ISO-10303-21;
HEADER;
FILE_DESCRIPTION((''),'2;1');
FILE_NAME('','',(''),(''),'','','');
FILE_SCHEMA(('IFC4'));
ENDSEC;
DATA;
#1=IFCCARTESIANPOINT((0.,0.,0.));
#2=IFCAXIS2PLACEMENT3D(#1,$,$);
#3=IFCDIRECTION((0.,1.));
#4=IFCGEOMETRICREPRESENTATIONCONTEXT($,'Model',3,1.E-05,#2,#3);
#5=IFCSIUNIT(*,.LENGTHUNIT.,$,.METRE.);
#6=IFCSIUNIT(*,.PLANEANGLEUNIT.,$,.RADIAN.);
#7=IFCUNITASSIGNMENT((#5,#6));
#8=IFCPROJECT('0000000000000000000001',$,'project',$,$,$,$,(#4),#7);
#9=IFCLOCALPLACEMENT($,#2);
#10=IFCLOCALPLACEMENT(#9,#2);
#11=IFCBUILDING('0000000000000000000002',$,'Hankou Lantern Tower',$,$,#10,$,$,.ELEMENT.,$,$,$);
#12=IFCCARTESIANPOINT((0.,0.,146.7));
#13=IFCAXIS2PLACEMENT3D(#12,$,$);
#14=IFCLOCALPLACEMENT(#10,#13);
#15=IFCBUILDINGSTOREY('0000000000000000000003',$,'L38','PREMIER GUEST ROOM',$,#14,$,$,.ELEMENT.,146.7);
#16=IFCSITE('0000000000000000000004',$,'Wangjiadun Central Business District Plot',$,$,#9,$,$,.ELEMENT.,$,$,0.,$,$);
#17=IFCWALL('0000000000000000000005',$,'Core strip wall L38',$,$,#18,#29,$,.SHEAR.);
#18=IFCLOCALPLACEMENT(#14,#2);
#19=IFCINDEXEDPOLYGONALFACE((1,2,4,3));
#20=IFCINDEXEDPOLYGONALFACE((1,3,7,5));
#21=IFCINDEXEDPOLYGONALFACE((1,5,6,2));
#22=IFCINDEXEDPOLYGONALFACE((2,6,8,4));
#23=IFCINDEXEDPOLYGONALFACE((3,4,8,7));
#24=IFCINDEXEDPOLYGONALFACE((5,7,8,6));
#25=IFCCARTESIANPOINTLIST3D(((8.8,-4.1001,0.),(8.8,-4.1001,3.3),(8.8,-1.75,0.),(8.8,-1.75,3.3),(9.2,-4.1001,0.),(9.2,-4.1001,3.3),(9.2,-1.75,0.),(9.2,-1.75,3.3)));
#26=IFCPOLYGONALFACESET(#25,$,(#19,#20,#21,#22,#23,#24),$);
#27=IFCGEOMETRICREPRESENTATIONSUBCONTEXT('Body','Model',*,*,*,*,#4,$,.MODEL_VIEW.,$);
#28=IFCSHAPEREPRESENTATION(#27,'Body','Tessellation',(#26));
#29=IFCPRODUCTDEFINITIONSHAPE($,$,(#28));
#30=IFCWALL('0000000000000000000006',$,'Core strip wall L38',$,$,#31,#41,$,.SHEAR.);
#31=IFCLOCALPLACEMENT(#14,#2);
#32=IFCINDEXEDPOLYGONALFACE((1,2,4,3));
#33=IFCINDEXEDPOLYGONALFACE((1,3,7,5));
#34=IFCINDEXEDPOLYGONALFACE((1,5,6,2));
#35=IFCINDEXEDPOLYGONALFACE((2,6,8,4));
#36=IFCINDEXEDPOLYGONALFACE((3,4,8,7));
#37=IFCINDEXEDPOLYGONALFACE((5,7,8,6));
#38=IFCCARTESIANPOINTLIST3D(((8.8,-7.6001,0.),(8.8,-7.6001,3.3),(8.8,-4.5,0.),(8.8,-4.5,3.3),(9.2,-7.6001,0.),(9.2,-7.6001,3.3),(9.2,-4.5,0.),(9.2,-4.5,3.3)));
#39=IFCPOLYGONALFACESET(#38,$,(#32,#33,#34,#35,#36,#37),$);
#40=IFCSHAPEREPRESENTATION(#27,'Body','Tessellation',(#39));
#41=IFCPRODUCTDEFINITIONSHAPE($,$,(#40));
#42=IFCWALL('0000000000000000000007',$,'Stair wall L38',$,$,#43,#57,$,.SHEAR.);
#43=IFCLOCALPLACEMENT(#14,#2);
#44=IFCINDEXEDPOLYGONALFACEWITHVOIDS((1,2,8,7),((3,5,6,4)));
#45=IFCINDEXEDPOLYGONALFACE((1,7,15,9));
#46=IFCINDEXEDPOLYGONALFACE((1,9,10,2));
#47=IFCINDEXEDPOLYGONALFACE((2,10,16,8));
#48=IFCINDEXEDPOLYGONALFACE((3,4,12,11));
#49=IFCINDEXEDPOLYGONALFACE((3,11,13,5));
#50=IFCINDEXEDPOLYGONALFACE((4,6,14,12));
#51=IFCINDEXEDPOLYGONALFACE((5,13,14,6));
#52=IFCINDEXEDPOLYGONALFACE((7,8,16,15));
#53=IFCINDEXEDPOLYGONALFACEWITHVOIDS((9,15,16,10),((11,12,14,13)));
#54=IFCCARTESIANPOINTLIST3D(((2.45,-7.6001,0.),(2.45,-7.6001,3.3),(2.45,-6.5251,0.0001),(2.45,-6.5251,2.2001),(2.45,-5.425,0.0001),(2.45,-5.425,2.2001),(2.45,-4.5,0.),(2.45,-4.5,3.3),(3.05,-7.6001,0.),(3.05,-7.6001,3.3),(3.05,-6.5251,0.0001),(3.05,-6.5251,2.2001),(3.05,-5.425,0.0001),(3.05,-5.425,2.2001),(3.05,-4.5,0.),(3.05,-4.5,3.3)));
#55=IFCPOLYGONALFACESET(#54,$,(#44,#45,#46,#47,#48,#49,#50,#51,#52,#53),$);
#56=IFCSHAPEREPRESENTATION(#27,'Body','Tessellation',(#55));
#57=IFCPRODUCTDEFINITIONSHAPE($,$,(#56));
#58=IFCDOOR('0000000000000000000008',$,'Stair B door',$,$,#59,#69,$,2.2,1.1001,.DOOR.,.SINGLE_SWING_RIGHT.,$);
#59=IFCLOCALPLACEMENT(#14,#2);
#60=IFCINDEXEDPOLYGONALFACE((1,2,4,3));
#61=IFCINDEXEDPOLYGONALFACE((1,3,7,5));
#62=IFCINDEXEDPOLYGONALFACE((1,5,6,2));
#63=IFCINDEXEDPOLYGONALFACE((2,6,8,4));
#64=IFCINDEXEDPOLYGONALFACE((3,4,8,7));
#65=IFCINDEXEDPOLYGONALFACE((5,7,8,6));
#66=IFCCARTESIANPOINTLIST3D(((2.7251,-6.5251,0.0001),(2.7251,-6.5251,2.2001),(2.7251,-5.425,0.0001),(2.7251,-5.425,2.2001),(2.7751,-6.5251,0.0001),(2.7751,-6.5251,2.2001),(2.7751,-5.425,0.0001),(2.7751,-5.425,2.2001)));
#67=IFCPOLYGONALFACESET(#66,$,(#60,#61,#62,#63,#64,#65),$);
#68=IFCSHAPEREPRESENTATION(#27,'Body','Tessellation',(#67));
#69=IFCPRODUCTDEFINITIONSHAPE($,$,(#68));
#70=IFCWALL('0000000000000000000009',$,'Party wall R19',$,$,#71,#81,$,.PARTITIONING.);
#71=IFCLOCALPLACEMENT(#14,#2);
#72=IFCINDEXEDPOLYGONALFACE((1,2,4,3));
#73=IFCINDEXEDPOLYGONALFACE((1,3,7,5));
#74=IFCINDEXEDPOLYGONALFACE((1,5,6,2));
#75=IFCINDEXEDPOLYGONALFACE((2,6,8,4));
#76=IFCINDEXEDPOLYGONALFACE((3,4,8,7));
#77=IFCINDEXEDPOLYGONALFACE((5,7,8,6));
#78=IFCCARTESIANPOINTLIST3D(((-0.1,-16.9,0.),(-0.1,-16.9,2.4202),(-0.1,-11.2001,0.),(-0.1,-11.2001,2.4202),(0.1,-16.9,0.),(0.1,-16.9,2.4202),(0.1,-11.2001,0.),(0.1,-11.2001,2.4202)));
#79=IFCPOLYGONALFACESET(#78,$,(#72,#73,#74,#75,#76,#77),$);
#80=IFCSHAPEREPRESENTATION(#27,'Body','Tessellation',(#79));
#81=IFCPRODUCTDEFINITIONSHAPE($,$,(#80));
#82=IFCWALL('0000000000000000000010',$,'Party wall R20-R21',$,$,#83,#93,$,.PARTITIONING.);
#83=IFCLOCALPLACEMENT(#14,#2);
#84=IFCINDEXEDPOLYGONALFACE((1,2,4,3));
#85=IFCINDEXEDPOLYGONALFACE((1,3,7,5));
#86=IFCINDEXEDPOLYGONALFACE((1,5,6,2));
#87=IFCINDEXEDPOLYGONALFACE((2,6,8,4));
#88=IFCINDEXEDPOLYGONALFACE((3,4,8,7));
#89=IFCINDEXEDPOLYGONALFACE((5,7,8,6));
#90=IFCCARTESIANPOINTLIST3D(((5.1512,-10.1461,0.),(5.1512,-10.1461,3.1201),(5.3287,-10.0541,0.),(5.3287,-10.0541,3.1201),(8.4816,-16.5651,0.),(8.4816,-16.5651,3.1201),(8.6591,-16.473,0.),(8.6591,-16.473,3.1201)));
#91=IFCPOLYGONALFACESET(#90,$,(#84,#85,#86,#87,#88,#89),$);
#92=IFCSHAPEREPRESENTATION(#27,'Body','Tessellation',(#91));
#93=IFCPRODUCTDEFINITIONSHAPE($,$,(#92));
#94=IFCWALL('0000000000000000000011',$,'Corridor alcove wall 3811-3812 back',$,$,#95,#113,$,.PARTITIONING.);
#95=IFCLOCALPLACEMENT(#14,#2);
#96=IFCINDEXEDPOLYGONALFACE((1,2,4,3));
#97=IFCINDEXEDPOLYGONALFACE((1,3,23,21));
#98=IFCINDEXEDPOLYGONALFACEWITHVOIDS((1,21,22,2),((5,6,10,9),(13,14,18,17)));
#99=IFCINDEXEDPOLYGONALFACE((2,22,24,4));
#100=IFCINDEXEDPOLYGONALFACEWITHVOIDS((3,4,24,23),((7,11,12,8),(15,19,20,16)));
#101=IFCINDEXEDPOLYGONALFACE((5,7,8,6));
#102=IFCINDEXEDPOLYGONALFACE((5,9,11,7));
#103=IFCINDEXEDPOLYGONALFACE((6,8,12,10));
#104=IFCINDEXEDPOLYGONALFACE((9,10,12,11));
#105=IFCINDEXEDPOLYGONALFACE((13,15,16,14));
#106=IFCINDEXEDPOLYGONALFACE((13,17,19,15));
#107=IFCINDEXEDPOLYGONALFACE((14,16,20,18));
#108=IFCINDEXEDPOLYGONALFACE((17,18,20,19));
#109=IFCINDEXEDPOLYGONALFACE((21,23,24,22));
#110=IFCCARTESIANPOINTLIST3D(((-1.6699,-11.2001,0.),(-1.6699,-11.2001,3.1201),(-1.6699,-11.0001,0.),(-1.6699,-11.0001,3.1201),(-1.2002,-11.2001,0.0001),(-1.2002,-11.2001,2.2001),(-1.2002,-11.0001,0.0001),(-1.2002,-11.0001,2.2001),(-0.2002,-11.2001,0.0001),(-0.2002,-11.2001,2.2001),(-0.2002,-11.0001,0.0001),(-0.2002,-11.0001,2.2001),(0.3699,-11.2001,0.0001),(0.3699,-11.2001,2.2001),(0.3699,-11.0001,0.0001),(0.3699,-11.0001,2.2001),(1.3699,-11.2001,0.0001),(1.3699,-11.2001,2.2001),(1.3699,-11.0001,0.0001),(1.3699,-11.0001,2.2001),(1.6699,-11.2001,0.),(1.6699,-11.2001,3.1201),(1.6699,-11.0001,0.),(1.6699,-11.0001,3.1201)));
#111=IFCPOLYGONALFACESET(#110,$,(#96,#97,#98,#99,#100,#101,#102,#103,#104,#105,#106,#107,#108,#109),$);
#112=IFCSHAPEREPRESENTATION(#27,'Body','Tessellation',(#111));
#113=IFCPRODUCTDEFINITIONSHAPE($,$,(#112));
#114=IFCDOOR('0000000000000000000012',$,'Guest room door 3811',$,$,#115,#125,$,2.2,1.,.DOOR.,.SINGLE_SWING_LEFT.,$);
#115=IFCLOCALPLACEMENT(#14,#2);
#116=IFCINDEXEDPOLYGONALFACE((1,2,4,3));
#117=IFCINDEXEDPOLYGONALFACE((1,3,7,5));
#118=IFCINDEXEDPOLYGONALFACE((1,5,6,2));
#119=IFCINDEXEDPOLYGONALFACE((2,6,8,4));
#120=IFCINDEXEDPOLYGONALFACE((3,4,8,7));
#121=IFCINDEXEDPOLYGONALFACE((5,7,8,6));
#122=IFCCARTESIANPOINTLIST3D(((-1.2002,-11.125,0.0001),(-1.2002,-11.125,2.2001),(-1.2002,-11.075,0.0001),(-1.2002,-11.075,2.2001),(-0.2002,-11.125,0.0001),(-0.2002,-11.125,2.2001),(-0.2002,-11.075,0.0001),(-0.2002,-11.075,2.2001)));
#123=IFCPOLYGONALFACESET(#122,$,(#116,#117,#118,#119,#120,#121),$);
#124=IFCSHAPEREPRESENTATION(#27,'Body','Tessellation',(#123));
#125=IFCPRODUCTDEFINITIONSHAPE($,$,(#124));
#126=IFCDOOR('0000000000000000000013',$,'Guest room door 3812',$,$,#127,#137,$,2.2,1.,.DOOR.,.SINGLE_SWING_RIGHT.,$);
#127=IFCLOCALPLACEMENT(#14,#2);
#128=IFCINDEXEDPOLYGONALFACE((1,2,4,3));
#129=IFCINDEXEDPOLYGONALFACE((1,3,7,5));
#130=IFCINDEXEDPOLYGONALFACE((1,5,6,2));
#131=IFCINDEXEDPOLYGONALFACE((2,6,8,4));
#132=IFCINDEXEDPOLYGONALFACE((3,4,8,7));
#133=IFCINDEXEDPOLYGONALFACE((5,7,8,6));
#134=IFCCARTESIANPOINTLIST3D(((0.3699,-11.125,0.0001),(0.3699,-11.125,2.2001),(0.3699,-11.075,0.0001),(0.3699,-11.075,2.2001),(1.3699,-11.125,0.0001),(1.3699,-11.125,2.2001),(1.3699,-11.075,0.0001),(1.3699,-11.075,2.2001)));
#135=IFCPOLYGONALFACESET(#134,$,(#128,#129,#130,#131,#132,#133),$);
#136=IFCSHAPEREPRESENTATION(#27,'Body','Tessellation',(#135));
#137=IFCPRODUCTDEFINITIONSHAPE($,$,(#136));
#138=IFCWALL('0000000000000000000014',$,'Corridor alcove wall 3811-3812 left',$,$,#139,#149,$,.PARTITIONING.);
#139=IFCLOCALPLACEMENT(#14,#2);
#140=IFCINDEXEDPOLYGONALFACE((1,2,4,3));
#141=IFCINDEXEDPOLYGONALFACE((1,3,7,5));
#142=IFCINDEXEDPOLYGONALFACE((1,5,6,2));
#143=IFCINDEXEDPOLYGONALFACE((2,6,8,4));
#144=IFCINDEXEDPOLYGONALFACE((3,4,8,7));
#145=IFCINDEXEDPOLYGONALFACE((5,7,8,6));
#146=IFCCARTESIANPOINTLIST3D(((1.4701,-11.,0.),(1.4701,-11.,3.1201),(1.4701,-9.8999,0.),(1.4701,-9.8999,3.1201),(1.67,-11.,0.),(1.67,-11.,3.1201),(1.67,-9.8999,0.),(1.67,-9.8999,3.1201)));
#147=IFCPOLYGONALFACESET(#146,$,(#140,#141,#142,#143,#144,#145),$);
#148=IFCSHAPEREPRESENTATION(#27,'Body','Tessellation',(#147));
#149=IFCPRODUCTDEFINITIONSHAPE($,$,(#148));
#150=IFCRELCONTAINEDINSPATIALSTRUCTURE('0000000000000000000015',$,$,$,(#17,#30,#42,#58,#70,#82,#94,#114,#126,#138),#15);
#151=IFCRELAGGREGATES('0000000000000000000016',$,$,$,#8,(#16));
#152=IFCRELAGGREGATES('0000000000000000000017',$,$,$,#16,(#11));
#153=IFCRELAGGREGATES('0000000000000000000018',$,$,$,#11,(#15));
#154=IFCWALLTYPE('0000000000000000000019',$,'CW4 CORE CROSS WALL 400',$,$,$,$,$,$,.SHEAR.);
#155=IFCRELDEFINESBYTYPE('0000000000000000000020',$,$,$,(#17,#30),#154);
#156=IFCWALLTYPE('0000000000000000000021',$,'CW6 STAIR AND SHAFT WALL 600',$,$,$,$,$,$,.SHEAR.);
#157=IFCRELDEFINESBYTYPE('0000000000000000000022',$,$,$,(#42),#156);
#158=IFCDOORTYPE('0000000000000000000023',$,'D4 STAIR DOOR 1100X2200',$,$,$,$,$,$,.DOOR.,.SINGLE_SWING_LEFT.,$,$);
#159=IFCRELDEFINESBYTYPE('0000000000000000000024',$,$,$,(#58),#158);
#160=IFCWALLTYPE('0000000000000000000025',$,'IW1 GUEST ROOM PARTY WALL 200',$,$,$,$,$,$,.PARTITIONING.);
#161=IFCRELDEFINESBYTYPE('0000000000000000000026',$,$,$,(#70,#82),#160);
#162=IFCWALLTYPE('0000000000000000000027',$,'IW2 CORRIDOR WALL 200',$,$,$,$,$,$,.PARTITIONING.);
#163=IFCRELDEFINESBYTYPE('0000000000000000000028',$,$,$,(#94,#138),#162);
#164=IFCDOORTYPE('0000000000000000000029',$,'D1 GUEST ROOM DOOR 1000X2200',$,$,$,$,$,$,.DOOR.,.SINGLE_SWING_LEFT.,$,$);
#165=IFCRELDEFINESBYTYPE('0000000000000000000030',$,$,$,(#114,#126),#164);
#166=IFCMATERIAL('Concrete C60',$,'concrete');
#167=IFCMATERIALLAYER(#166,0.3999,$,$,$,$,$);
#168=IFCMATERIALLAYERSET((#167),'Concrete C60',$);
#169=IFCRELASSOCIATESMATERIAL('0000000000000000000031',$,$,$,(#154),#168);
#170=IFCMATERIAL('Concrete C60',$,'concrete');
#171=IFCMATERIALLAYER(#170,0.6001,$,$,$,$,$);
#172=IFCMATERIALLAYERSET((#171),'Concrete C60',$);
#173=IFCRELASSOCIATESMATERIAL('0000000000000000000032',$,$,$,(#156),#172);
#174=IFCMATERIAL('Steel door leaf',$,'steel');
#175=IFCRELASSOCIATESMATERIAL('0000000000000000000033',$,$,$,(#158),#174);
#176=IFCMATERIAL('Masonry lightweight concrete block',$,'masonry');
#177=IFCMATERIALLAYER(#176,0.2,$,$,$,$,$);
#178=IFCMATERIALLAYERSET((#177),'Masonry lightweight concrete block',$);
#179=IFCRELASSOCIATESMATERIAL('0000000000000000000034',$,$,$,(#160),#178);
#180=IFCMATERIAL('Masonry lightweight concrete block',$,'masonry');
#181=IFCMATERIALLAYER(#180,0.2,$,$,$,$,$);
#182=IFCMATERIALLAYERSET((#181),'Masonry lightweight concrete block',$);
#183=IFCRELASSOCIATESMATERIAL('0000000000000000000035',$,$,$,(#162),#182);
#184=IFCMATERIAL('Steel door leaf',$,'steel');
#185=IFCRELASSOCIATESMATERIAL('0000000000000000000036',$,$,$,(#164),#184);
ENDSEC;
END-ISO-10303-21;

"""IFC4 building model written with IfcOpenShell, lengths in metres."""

from ifc_helpers import new_model, si_unit, direction, frame, frame_2d, origin, place, context, subcontext, project, spatial, rectangle, extrude, material, layer, layer_set, type_object, element, fill, save


model = new_model("IFC4")

# Units and contexts
model_context = context("Model", 3, precision=1e-05, world=origin(), true_north=direction((0.0, 1.0)))
body_context = subcontext(model_context, "Body", "Model", "MODEL_VIEW")
ifc_project = project(units=[si_unit("LENGTHUNIT", "METRE"), si_unit("PLANEANGLEUNIT", "RADIAN")], contexts=[model_context])

# Site, building, storey
site_placement = place(None, origin())
site = spatial("IfcSite", under=ifc_project, at=site_placement, Name="Wangjiadun Central Business District Plot", CompositionType="ELEMENT", RefElevation=0.0)
building_placement = place(site_placement, origin())
building = spatial("IfcBuilding", under=site, at=building_placement, Name="Hankou Lantern Tower", CompositionType="ELEMENT")
storey_placement = place(building_placement, frame((0.0, 0.0, 146.7)))
storey = spatial("IfcBuildingStorey", under=building, at=storey_placement, Name="L38", Description="PREMIER GUEST ROOM", CompositionType="ELEMENT", Elevation=146.7)

# Walls
ifc_material_1 = material(Name="Concrete C60", Category="concrete")
ifc_layer_1 = layer(ifc_material_1, 0.3999)
ifc_layer_set_1 = layer_set([ifc_layer_1], Name="Concrete C60")
wall_type_1 = type_object("IfcWallType", Name="CW4 CORE CROSS WALL 400", PredefinedType="SHEAR", material=ifc_layer_set_1)
wall_1_placement = place(storey_placement, frame((9.0, -4.1001, 0.0), z_axis=(0.0, 0.0, 1.0), x_axis=(0.0, 1.0, 0.0)))
element("IfcWall", 1, at=wall_1_placement, inside=storey, type_object=wall_type_1, Name="Core strip wall L38", PredefinedType="SHEAR", context=body_context, shape_type="SweptSolid", body=[
    extrude(rectangle(XDim=2.3501, YDim=0.3999, at=frame_2d((1.175, 0.0))), origin(), (0.0, 0.0, 1.0), 3.3),
])
wall_2_placement = place(storey_placement, frame((9.0, -7.6001, 0.0), z_axis=(0.0, 0.0, 1.0), x_axis=(0.0, 1.0, 0.0)))
element("IfcWall", 2, at=wall_2_placement, inside=storey, type_object=wall_type_1, Name="Core strip wall L38", PredefinedType="SHEAR", context=body_context, shape_type="SweptSolid", body=[
    extrude(rectangle(XDim=3.1001, YDim=0.3999, at=frame_2d((1.55, 0.0))), origin(), (0.0, 0.0, 1.0), 3.3),
])

# Wall, opening, door
ifc_material_2 = material(Name="Concrete C60", Category="concrete")
ifc_layer_2 = layer(ifc_material_2, 0.6001)
ifc_layer_set_2 = layer_set([ifc_layer_2], Name="Concrete C60")
wall_type_2 = type_object("IfcWallType", Name="CW6 STAIR AND SHAFT WALL 600", PredefinedType="SHEAR", material=ifc_layer_set_2)
wall_3_placement = place(storey_placement, frame((2.75, -7.6001, 0.0), z_axis=(0.0, 0.0, 1.0), x_axis=(0.0, 1.0, 0.0)))
wall_3 = element("IfcWall", 3, at=wall_3_placement, inside=storey, type_object=wall_type_2, Name="Stair wall L38", PredefinedType="SHEAR", context=body_context, shape_type="SweptSolid", body=[
    extrude(rectangle(XDim=3.1001, YDim=0.6001, at=frame_2d((1.55, 0.0))), origin(), (0.0, 0.0, 1.0), 3.3),
])
opening_1_placement = place(wall_3_placement, frame((1.075, 0.0, 0.0)))
opening_1 = element("IfcOpeningElement", 4, at=opening_1_placement, cuts=wall_3, PredefinedType="OPENING", context=body_context, shape_type="SweptSolid", body=[
    extrude(rectangle(XDim=1.1001, YDim=2.2, at=frame_2d((0.55, 1.1001))), frame((0.0, 0.3101, 0.0), z_axis=(0.0, -1.0, 0.0), x_axis=(1.0, 0.0, 0.0)), (0.0, 0.0, 1.0), 0.6201),
])
ifc_material_3 = material(Name="Steel door leaf", Category="steel")
door_type_1 = type_object("IfcDoorType", Name="D4 STAIR DOOR 1100X2200", OperationType="SINGLE_SWING_LEFT", PredefinedType="DOOR", material=ifc_material_3)
door_1_placement = place(opening_1_placement, origin())
door_1 = element("IfcDoor", 5, at=door_1_placement, inside=storey, type_object=door_type_1, Name="Stair B door", OperationType="SINGLE_SWING_RIGHT", OverallHeight=2.2, OverallWidth=1.1001, PredefinedType="DOOR", context=body_context, shape_type="SweptSolid", body=[
    extrude(rectangle(XDim=1.1001, YDim=2.2, at=frame_2d((0.55, 1.1001))), frame((0.0, 0.0249, 0.0), z_axis=(0.0, -1.0, 0.0), x_axis=(1.0, 0.0, 0.0)), (0.0, 0.0, 1.0), 0.05),
])
fill(opening_1, door_1)

# Walls
ifc_material_4 = material(Name="Masonry lightweight concrete block", Category="masonry")
ifc_layer_3 = layer(ifc_material_4, 0.2)
ifc_layer_set_3 = layer_set([ifc_layer_3], Name="Masonry lightweight concrete block")
wall_type_3 = type_object("IfcWallType", Name="IW1 GUEST ROOM PARTY WALL 200", PredefinedType="PARTITIONING", material=ifc_layer_set_3)
wall_4_placement = place(storey_placement, frame((0.0, -11.2, 0.0), z_axis=(0.0, 0.0, 1.0), x_axis=(0.0, -1.0, 0.0)))
element("IfcWall", 6, at=wall_4_placement, inside=storey, type_object=wall_type_3, Name="Party wall R19", PredefinedType="PARTITIONING", context=body_context, shape_type="SweptSolid", body=[
    extrude(rectangle(XDim=5.7, YDim=0.2, at=frame_2d((2.8501, 0.0))), origin(), (0.0, 0.0, 1.0), 2.4202),
])
wall_5_placement = place(storey_placement, frame((5.24, -10.1001, 0.0), z_axis=(0.0, 0.0, 1.0), x_axis=(0.460533, -0.887643, 0.0)))
element("IfcWall", 7, at=wall_5_placement, inside=storey, type_object=wall_type_3, Name="Party wall R20-R21", PredefinedType="PARTITIONING", context=body_context, shape_type="SweptSolid", body=[
    extrude(rectangle(XDim=7.2314, YDim=0.2, at=frame_2d((3.6157, 0.0))), origin(), (0.0, 0.0, 1.0), 3.1201),
])

# Wall, openings, doors
ifc_material_5 = material(Name="Masonry lightweight concrete block", Category="masonry")
ifc_layer_4 = layer(ifc_material_5, 0.2)
ifc_layer_set_4 = layer_set([ifc_layer_4], Name="Masonry lightweight concrete block")
wall_type_4 = type_object("IfcWallType", Name="IW2 CORRIDOR WALL 200", PredefinedType="PARTITIONING", material=ifc_layer_set_4)
wall_6_placement = place(storey_placement, frame((1.6699, -11.1001, 0.0), z_axis=(0.0, 0.0, 1.0), x_axis=(-1.0, 0.0, 0.0)))
wall_6 = element("IfcWall", 8, at=wall_6_placement, inside=storey, type_object=wall_type_4, Name="Corridor alcove wall 3811-3812 back", PredefinedType="PARTITIONING", context=body_context, shape_type="SweptSolid", body=[
    extrude(rectangle(XDim=3.3398, YDim=0.2, at=frame_2d((1.6699, 0.0))), origin(), (0.0, 0.0, 1.0), 3.1201),
])
opening_2_placement = place(wall_6_placement, frame((1.8701, 0.0, 0.0)))
opening_2 = element("IfcOpeningElement", 9, at=opening_2_placement, cuts=wall_6, PredefinedType="OPENING", context=body_context, shape_type="SweptSolid", body=[
    extrude(rectangle(XDim=1.0, YDim=2.2, at=frame_2d((0.5, 1.1001))), frame((0.0, 0.1099, 0.0), z_axis=(0.0, -1.0, 0.0), x_axis=(1.0, 0.0, 0.0)), (0.0, 0.0, 1.0), 0.22),
])
opening_3_placement = place(wall_6_placement, frame((0.3, 0.0, 0.0)))
opening_3 = element("IfcOpeningElement", 10, at=opening_3_placement, cuts=wall_6, PredefinedType="OPENING", context=body_context, shape_type="SweptSolid", body=[
    extrude(rectangle(XDim=1.0, YDim=2.2, at=frame_2d((0.5, 1.1001))), frame((0.0, 0.1099, 0.0), z_axis=(0.0, -1.0, 0.0), x_axis=(1.0, 0.0, 0.0)), (0.0, 0.0, 1.0), 0.22),
])
ifc_material_6 = material(Name="Steel door leaf", Category="steel")
door_type_2 = type_object("IfcDoorType", Name="D1 GUEST ROOM DOOR 1000X2200", OperationType="SINGLE_SWING_LEFT", PredefinedType="DOOR", material=ifc_material_6)
door_2_placement = place(opening_2_placement, origin())
door_2 = element("IfcDoor", 11, at=door_2_placement, inside=storey, type_object=door_type_2, Name="Guest room door 3811", OperationType="SINGLE_SWING_LEFT", OverallHeight=2.2, OverallWidth=1.0, PredefinedType="DOOR", context=body_context, shape_type="SweptSolid", body=[
    extrude(rectangle(XDim=1.0, YDim=2.2, at=frame_2d((0.5, 1.1001))), frame((0.0, 0.0249, 0.0), z_axis=(0.0, -1.0, 0.0), x_axis=(1.0, 0.0, 0.0)), (0.0, 0.0, 1.0), 0.05),
])
fill(opening_2, door_2)
door_3_placement = place(opening_3_placement, origin())
door_3 = element("IfcDoor", 12, at=door_3_placement, inside=storey, type_object=door_type_2, Name="Guest room door 3812", OperationType="SINGLE_SWING_RIGHT", OverallHeight=2.2, OverallWidth=1.0, PredefinedType="DOOR", context=body_context, shape_type="SweptSolid", body=[
    extrude(rectangle(XDim=1.0, YDim=2.2, at=frame_2d((0.5, 1.1001))), frame((0.0, 0.0249, 0.0), z_axis=(0.0, -1.0, 0.0), x_axis=(1.0, 0.0, 0.0)), (0.0, 0.0, 1.0), 0.05),
])
fill(opening_3, door_3)

# Wall
wall_7_placement = place(storey_placement, frame((1.5701, -9.8999, 0.0), z_axis=(0.0, 0.0, 1.0), x_axis=(0.0, -1.0, 0.0)))
element("IfcWall", 13, at=wall_7_placement, inside=storey, type_object=wall_type_4, Name="Corridor alcove wall 3811-3812 left", PredefinedType="PARTITIONING", context=body_context, shape_type="SweptSolid", body=[
    extrude(rectangle(XDim=1.1001, YDim=0.2, at=frame_2d((0.55, 0.0))), origin(), (0.0, 0.0, 1.0), 3.1201),
])

save(model, "model.ifc")
